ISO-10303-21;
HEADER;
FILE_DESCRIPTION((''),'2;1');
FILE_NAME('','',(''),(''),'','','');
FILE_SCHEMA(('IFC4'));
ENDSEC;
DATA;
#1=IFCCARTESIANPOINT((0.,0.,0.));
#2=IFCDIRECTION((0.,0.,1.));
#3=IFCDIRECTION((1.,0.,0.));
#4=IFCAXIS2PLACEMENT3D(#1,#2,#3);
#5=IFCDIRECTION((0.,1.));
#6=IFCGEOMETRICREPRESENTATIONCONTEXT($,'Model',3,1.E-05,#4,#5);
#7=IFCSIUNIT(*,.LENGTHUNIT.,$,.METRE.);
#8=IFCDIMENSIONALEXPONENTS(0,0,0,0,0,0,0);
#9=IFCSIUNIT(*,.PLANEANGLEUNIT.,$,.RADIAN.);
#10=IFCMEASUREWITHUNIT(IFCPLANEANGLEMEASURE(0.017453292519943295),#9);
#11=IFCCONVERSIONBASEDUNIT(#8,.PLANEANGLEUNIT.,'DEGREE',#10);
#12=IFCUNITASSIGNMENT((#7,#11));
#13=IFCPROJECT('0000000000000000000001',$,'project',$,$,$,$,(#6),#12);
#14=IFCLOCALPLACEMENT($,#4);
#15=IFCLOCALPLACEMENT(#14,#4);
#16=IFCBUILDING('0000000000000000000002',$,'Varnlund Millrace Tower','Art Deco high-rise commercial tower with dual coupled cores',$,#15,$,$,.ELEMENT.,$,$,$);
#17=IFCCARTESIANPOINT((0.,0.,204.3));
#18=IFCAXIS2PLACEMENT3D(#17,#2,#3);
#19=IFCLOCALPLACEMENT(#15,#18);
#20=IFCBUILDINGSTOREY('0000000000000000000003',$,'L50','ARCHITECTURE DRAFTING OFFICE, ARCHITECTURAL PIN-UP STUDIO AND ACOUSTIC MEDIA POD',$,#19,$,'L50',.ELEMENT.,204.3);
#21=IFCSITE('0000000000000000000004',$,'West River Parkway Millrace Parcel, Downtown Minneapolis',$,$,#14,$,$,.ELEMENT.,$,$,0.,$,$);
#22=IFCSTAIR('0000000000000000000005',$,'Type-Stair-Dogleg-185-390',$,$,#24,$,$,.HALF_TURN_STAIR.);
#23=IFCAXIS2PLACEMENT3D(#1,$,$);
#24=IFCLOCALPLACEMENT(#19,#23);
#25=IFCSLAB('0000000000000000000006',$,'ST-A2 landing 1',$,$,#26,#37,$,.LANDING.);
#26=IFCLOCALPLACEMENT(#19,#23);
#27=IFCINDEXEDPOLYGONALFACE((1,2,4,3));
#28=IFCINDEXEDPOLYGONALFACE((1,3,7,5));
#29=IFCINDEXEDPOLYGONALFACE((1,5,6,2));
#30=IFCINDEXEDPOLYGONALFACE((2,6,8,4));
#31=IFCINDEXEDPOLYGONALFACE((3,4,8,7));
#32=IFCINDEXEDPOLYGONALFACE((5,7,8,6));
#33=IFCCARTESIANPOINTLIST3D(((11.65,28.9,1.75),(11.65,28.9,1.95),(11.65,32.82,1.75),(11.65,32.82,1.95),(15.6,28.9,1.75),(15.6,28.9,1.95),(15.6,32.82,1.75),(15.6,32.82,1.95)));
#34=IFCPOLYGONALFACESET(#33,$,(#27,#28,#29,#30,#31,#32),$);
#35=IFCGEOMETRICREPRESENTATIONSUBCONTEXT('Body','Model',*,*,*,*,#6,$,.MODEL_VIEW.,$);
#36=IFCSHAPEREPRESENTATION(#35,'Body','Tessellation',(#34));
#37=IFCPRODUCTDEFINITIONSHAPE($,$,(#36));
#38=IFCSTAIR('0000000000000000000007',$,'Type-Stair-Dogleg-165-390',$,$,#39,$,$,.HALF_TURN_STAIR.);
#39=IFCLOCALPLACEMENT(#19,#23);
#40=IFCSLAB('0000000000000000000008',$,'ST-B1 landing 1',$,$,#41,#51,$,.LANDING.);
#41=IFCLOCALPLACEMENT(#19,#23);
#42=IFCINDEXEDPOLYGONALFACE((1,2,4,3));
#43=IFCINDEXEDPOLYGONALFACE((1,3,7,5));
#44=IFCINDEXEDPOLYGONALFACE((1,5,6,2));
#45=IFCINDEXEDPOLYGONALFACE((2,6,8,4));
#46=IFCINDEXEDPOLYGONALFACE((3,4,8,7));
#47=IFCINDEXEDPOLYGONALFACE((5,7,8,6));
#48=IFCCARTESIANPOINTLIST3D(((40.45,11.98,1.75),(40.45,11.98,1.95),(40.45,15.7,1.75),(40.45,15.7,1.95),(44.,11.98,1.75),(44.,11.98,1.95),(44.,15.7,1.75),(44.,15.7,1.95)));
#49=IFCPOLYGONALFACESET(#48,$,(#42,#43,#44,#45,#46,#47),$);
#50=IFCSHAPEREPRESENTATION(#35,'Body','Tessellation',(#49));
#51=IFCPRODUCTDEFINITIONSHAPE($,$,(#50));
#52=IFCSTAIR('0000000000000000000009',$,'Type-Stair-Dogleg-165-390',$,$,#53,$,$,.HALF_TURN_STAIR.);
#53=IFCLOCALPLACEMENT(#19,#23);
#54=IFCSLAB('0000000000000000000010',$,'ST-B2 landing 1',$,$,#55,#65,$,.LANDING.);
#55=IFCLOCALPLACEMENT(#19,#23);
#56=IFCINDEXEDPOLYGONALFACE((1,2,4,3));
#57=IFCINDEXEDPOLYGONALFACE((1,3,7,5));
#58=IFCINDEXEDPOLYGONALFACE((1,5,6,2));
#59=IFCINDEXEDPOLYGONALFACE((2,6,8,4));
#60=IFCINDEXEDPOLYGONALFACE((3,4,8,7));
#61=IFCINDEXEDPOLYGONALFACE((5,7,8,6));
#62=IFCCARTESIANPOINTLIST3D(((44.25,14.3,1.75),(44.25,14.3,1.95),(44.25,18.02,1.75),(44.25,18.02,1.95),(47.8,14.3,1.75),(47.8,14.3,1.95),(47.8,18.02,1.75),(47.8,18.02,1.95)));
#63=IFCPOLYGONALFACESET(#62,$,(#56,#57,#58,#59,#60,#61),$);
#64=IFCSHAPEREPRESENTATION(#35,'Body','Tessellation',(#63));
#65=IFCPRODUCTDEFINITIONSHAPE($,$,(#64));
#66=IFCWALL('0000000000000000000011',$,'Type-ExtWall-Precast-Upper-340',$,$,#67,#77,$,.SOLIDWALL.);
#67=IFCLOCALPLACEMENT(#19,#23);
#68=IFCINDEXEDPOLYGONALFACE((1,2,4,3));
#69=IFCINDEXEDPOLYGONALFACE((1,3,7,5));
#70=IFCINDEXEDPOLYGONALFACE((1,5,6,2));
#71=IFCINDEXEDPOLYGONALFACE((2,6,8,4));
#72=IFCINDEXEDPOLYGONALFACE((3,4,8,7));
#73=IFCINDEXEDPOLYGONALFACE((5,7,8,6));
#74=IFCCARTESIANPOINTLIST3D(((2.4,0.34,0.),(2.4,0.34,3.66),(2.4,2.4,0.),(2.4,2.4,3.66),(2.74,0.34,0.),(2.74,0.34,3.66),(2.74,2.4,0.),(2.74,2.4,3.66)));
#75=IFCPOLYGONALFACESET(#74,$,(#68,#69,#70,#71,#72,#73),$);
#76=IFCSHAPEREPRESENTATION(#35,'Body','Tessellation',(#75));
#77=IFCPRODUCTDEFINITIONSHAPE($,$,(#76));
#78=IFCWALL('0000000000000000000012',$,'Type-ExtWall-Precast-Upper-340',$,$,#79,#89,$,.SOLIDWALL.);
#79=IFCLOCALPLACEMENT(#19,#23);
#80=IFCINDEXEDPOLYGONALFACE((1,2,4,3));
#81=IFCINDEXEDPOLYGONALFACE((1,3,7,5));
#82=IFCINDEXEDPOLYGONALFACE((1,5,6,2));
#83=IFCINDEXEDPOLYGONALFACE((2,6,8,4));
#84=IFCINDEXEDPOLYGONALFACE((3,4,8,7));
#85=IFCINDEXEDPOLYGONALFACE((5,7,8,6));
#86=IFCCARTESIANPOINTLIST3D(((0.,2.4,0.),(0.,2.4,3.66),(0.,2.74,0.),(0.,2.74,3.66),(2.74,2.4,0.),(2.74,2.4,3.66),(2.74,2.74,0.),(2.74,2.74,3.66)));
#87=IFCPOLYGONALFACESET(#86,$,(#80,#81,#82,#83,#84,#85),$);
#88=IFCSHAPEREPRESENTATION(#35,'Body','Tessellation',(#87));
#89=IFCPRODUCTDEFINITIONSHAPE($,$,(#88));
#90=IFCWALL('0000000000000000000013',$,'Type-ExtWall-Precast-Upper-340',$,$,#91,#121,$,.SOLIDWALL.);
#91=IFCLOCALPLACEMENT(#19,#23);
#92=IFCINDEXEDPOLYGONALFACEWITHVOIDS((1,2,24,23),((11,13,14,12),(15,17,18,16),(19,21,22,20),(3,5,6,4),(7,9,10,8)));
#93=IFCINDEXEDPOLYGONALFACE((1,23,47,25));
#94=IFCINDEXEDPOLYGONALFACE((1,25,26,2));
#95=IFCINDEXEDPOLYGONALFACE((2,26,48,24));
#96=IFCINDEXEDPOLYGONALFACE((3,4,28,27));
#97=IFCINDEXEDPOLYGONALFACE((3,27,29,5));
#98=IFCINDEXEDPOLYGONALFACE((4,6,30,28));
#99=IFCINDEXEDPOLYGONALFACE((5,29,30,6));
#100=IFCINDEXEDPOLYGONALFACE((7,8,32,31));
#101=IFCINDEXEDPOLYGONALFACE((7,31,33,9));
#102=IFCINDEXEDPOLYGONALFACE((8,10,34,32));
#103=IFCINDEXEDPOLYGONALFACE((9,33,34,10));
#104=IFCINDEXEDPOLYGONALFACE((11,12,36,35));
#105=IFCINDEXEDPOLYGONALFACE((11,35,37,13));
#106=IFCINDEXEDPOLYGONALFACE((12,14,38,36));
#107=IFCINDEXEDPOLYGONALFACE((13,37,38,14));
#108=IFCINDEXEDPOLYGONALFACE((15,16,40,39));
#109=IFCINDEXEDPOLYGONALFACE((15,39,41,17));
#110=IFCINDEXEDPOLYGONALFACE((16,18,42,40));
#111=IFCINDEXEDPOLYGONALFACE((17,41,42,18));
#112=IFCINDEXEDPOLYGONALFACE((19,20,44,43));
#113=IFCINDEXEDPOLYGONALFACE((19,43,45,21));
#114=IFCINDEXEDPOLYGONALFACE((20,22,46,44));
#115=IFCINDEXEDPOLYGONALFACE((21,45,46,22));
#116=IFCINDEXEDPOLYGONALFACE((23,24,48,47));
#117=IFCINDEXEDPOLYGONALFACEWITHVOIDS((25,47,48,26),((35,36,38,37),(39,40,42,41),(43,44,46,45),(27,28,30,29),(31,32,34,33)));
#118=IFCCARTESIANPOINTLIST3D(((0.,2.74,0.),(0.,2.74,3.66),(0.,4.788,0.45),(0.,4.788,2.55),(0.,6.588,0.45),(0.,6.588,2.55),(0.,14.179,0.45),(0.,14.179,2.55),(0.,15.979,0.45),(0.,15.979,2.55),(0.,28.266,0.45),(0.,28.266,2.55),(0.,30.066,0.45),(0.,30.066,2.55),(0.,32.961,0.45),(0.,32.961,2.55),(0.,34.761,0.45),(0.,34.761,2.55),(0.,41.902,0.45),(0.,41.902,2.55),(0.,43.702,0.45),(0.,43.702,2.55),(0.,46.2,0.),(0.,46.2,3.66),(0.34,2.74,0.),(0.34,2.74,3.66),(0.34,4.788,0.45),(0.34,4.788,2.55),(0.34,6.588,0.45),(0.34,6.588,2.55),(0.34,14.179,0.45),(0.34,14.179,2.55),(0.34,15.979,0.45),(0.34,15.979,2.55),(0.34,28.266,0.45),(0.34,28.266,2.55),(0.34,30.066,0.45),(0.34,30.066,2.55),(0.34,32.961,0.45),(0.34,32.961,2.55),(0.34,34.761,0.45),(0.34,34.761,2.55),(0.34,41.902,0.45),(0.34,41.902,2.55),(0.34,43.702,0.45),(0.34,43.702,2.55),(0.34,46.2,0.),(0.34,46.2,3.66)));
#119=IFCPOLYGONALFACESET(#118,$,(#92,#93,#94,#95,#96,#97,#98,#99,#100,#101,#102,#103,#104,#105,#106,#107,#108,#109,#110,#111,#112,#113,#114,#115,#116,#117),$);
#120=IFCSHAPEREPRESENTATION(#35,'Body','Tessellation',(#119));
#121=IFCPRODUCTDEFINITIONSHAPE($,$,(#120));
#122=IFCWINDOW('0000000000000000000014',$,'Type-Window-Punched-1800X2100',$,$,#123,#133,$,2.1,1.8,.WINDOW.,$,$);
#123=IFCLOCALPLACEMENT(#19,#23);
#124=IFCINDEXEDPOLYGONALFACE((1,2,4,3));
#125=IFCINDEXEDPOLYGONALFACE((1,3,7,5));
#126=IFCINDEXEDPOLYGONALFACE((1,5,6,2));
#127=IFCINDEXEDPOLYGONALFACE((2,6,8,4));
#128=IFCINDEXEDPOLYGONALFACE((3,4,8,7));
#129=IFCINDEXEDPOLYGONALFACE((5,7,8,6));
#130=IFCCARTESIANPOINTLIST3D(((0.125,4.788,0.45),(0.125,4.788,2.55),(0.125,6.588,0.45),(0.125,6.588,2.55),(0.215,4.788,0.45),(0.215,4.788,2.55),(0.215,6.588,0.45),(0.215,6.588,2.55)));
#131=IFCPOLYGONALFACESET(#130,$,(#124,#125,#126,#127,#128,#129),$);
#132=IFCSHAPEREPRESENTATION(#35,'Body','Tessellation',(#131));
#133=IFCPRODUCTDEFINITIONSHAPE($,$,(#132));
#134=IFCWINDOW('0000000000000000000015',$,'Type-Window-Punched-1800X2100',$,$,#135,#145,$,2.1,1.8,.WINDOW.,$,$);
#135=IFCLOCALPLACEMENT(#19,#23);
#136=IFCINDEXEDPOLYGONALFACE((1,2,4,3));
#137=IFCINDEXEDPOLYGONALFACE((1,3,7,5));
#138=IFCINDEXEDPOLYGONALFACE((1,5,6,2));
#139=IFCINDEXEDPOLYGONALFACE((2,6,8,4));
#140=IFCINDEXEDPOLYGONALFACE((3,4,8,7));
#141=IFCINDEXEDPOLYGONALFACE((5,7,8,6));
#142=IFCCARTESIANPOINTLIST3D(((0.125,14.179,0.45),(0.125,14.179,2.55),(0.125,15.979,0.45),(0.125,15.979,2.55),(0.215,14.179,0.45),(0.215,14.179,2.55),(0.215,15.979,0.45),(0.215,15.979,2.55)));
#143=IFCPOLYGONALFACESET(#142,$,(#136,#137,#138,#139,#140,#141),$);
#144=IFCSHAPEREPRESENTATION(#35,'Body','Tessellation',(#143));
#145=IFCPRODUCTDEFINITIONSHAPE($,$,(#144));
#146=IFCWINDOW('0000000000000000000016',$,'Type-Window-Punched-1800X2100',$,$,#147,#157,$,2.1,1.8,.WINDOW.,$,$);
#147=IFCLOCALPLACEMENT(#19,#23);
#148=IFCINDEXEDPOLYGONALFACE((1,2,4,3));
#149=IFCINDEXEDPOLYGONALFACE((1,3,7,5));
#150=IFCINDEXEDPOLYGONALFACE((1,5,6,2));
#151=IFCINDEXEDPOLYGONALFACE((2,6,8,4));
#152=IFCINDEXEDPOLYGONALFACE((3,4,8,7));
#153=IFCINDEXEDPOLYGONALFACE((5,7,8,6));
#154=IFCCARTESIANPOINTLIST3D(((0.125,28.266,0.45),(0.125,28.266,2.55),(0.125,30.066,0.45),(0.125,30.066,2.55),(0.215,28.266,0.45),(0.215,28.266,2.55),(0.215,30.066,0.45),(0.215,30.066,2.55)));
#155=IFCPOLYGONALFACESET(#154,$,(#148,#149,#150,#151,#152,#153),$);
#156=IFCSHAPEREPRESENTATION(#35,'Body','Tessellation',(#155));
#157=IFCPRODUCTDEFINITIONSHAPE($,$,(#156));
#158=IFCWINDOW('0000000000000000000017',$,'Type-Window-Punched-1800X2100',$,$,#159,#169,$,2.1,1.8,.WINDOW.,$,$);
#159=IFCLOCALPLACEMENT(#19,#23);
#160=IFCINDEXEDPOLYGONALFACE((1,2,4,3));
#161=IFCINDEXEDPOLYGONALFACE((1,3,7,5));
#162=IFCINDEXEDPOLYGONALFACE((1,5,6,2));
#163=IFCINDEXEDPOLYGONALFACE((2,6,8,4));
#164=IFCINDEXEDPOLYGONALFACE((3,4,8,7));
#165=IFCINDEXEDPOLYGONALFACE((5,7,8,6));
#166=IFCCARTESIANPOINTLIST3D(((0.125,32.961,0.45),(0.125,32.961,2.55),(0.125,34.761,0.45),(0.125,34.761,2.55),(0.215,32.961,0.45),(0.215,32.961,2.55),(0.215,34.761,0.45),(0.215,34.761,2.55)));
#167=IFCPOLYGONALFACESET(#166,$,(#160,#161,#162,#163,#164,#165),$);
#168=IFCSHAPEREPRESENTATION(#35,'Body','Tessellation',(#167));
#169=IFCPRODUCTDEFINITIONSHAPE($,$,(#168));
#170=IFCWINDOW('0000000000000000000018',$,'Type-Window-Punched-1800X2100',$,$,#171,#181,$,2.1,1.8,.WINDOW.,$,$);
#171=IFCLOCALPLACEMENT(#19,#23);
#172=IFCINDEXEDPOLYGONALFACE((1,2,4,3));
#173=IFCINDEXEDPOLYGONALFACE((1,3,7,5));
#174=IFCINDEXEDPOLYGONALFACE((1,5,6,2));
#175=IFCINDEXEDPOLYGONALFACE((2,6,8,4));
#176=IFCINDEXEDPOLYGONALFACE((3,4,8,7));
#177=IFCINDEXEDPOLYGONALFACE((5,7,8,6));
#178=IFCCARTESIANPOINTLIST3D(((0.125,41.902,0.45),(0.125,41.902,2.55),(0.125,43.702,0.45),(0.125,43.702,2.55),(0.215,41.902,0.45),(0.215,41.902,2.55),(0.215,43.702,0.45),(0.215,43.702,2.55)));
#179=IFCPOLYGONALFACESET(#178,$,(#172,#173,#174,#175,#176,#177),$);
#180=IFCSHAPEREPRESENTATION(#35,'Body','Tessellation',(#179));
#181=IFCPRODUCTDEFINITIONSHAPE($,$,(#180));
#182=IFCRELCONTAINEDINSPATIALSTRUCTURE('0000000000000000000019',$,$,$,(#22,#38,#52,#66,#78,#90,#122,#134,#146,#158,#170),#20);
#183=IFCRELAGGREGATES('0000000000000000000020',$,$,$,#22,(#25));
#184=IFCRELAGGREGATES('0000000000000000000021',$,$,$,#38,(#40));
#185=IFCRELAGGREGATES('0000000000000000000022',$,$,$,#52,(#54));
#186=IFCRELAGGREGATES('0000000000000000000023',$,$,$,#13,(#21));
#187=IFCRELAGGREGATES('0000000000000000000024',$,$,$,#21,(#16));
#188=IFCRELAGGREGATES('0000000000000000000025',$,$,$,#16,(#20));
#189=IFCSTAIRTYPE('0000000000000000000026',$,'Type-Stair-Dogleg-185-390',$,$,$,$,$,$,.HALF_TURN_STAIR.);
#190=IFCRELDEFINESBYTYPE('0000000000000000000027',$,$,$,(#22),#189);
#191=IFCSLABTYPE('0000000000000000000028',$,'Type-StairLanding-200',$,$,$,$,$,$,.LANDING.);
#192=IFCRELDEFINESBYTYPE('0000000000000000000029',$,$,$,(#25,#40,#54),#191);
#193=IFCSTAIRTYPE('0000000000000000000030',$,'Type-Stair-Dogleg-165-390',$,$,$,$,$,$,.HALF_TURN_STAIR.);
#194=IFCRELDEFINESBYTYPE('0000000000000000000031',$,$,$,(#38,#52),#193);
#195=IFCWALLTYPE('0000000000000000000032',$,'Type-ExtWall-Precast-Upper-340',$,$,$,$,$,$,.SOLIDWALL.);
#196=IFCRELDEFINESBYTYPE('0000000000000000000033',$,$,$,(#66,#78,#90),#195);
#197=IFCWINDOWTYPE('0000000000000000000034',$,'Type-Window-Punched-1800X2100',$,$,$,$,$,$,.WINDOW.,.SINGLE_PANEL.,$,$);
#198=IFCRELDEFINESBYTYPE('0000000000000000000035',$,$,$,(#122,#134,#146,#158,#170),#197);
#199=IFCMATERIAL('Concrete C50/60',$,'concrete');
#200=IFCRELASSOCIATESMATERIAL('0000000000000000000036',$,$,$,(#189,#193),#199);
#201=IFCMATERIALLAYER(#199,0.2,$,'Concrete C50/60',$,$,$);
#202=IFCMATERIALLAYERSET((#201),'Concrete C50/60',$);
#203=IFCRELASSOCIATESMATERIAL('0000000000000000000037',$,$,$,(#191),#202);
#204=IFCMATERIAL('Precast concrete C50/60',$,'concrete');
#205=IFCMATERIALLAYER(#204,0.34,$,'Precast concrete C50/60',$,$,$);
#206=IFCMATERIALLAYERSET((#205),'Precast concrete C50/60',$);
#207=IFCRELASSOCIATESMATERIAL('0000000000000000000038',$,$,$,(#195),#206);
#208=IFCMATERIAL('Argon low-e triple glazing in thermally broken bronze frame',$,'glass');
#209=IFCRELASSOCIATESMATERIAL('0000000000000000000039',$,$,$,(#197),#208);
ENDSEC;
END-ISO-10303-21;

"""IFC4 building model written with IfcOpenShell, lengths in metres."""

from ifc_helpers import new_model, entity, si_unit, converted_unit, direction, frame, origin_with_axes, origin_2d_with_axis, place, context, subcontext, project, spatial, polyline, rectangle, outline, extrude, material, layer, layer_set, type_object, element, fill, aggregate, save


model = new_model("IFC4")

# Units and contexts
model_context = context("Model", 3, precision=1e-05, world=origin_with_axes(), true_north=direction((0.0, 1.0)))
body_context = subcontext(model_context, "Body", "Model", "MODEL_VIEW")
ifc_project = project(units=[si_unit("LENGTHUNIT", "METRE"), converted_unit("PLANEANGLEUNIT", "DEGREE", entity("IfcPlaneAngleMeasure", 0.017453292519943295), si_unit("PLANEANGLEUNIT", "RADIAN"), dimensions=[0, 0, 0, 0, 0, 0, 0])], contexts=[model_context])

# Site, building, storey
site_placement = place(None, origin_with_axes())
site = spatial("IfcSite", under=ifc_project, at=site_placement, Name="West River Parkway Millrace Parcel, Downtown Minneapolis", CompositionType="ELEMENT", RefElevation=0.0)
building_placement = place(site_placement, origin_with_axes())
building = spatial("IfcBuilding", under=site, at=building_placement, Name="Varnlund Millrace Tower", Description="Art Deco high-rise commercial tower with dual coupled cores", CompositionType="ELEMENT")
storey_placement = place(building_placement, frame((0.0, 0.0, 204.3), z_axis=(0.0, 0.0, 1.0), x_axis=(1.0, 0.0, 0.0)))
storey = spatial("IfcBuildingStorey", under=building, at=storey_placement, Name="L50", Description="ARCHITECTURE DRAFTING OFFICE, ARCHITECTURAL PIN-UP STUDIO AND ACOUSTIC MEDIA POD", LongName="L50", CompositionType="ELEMENT", Elevation=204.3)

# Stairs, slabs
ifc_material_1 = material(Name="Concrete C50/60", Category="concrete")
stair_type_1 = type_object("IfcStairType", Name="Type-Stair-Dogleg-185-390", PredefinedType="HALF_TURN_STAIR", material=ifc_material_1)
ifc_layer_1 = layer(ifc_material_1, 0.2, Name="Concrete C50/60")
ifc_layer_set_1 = layer_set([ifc_layer_1], Name="Concrete C50/60")
slab_type = type_object("IfcSlabType", Name="Type-StairLanding-200", PredefinedType="LANDING", material=ifc_layer_set_1)
stair_1_placement = place(storey_placement, origin_with_axes())
stair_1 = element("IfcStair", 1, at=stair_1_placement, inside=storey, type_object=stair_type_1, Name="Type-Stair-Dogleg-185-390", PredefinedType="HALF_TURN_STAIR")
slab_1_placement = place(storey_placement, frame((0.0, 0.0, 1.75), z_axis=(0.0, 0.0, 1.0), x_axis=(1.0, 0.0, 0.0)))
slab_1 = element("IfcSlab", 2, at=slab_1_placement, type_object=slab_type, Name="ST-A2 landing 1", PredefinedType="LANDING", context=body_context, shape_type="SweptSolid", body=[
    extrude(outline(polyline([(11.65, 32.82), (11.65, 28.9), (15.6, 28.9), (15.6, 32.82), (11.65, 32.82)])), origin_with_axes(), (0.0, 0.0, 1.0), 0.2),
])
aggregate(stair_1, [slab_1])
stair_type_2 = type_object("IfcStairType", Name="Type-Stair-Dogleg-165-390", PredefinedType="HALF_TURN_STAIR", material=ifc_material_1)
stair_2_placement = place(storey_placement, origin_with_axes())
stair_2 = element("IfcStair", 3, at=stair_2_placement, inside=storey, type_object=stair_type_2, Name="Type-Stair-Dogleg-165-390", PredefinedType="HALF_TURN_STAIR")
slab_2_placement = place(storey_placement, frame((0.0, 0.0, 1.75), z_axis=(0.0, 0.0, 1.0), x_axis=(1.0, 0.0, 0.0)))
slab_2 = element("IfcSlab", 4, at=slab_2_placement, type_object=slab_type, Name="ST-B1 landing 1", PredefinedType="LANDING", context=body_context, shape_type="SweptSolid", body=[
    extrude(outline(polyline([(44.0, 11.98), (44.0, 15.7), (40.45, 15.7), (40.45, 11.98), (44.0, 11.98)])), origin_with_axes(), (0.0, 0.0, 1.0), 0.2),
])
aggregate(stair_2, [slab_2])
stair_3_placement = place(storey_placement, origin_with_axes())
stair_3 = element("IfcStair", 5, at=stair_3_placement, inside=storey, type_object=stair_type_2, Name="Type-Stair-Dogleg-165-390", PredefinedType="HALF_TURN_STAIR")
slab_3_placement = place(storey_placement, frame((0.0, 0.0, 1.75), z_axis=(0.0, 0.0, 1.0), x_axis=(1.0, 0.0, 0.0)))
slab_3 = element("IfcSlab", 6, at=slab_3_placement, type_object=slab_type, Name="ST-B2 landing 1", PredefinedType="LANDING", context=body_context, shape_type="SweptSolid", body=[
    extrude(outline(polyline([(44.25, 18.02), (44.25, 14.3), (47.8, 14.3), (47.8, 18.02), (44.25, 18.02)])), origin_with_axes(), (0.0, 0.0, 1.0), 0.2),
])
aggregate(stair_3, [slab_3])

# Walls
ifc_material_2 = material(Name="Precast concrete C50/60", Category="concrete")
ifc_layer_2 = layer(ifc_material_2, 0.34, Name="Precast concrete C50/60")
ifc_layer_set_2 = layer_set([ifc_layer_2], Name="Precast concrete C50/60")
wall_type = type_object("IfcWallType", Name="Type-ExtWall-Precast-Upper-340", PredefinedType="SOLIDWALL", material=ifc_layer_set_2)
wall_1_placement = place(storey_placement, frame((2.57, 0.34, 0.0), z_axis=(0.0, 0.0, 1.0), x_axis=(0.0, 1.0, 0.0)))
element("IfcWall", 7, at=wall_1_placement, inside=storey, type_object=wall_type, Name="Type-ExtWall-Precast-Upper-340", PredefinedType="SOLIDWALL", context=body_context, shape_type="SweptSolid", body=[
    extrude(outline(polyline([(0.0, -0.17), (2.06, -0.17), (2.06, 0.17), (0.0, 0.17), (0.0, -0.17)])), origin_with_axes(), (0.0, 0.0, 1.0), 3.66),
])
wall_2_placement = place(storey_placement, frame((2.74, 2.57, 0.0), z_axis=(0.0, 0.0, 1.0), x_axis=(-1.0, 0.0, 0.0)))
element("IfcWall", 8, at=wall_2_placement, inside=storey, type_object=wall_type, Name="Type-ExtWall-Precast-Upper-340", PredefinedType="SOLIDWALL", context=body_context, shape_type="SweptSolid", body=[
    extrude(outline(polyline([(0.0, -0.17), (2.74, -0.17), (2.74, 0.17), (0.0, 0.17), (0.0, -0.17)])), origin_with_axes(), (0.0, 0.0, 1.0), 3.66),
])

# Wall, openings, windows
wall_3_placement = place(storey_placement, frame((0.17, 2.74, 0.0), z_axis=(0.0, 0.0, 1.0), x_axis=(0.0, 1.0, 0.0)))
wall_3 = element("IfcWall", 9, at=wall_3_placement, inside=storey, type_object=wall_type, Name="Type-ExtWall-Precast-Upper-340", PredefinedType="SOLIDWALL", context=body_context, shape_type="SweptSolid", body=[
    extrude(outline(polyline([(0.0, -0.17), (43.46, -0.17), (43.46, 0.17), (0.0, 0.17), (0.0, -0.17)])), origin_with_axes(), (0.0, 0.0, 1.0), 3.66),
])
opening_1_placement = place(wall_3_placement, frame((2.948, 0.0, 0.45), z_axis=(0.0, 0.0, 1.0), x_axis=(1.0, 0.0, 0.0)))
opening_1 = element("IfcOpeningElement", 10, at=opening_1_placement, cuts=wall_3, PredefinedType="OPENING", context=body_context, shape_type="SweptSolid", body=[
    extrude(rectangle(XDim=1.8, YDim=0.36, at=origin_2d_with_axis()), origin_with_axes(), (0.0, 0.0, 1.0), 2.1),
])
opening_2_placement = place(wall_3_placement, frame((12.339, 0.0, 0.45), z_axis=(0.0, 0.0, 1.0), x_axis=(1.0, 0.0, 0.0)))
opening_2 = element("IfcOpeningElement", 11, at=opening_2_placement, cuts=wall_3, PredefinedType="OPENING", context=body_context, shape_type="SweptSolid", body=[
    extrude(rectangle(XDim=1.8, YDim=0.36, at=origin_2d_with_axis()), origin_with_axes(), (0.0, 0.0, 1.0), 2.1),
])
opening_3_placement = place(wall_3_placement, frame((26.426, 0.0, 0.45), z_axis=(0.0, 0.0, 1.0), x_axis=(1.0, 0.0, 0.0)))
opening_3 = element("IfcOpeningElement", 12, at=opening_3_placement, cuts=wall_3, PredefinedType="OPENING", context=body_context, shape_type="SweptSolid", body=[
    extrude(rectangle(XDim=1.8, YDim=0.36, at=origin_2d_with_axis()), origin_with_axes(), (0.0, 0.0, 1.0), 2.1),
])
opening_4_placement = place(wall_3_placement, frame((31.121, 0.0, 0.45), z_axis=(0.0, 0.0, 1.0), x_axis=(1.0, 0.0, 0.0)))
opening_4 = element("IfcOpeningElement", 13, at=opening_4_placement, cuts=wall_3, PredefinedType="OPENING", context=body_context, shape_type="SweptSolid", body=[
    extrude(rectangle(XDim=1.8, YDim=0.36, at=origin_2d_with_axis()), origin_with_axes(), (0.0, 0.0, 1.0), 2.1),
])
opening_5_placement = place(wall_3_placement, frame((40.062, 0.0, 0.45), z_axis=(0.0, 0.0, 1.0), x_axis=(1.0, 0.0, 0.0)))
opening_5 = element("IfcOpeningElement", 14, at=opening_5_placement, cuts=wall_3, PredefinedType="OPENING", context=body_context, shape_type="SweptSolid", body=[
    extrude(rectangle(XDim=1.8, YDim=0.36, at=origin_2d_with_axis()), origin_with_axes(), (0.0, 0.0, 1.0), 2.1),
])
ifc_material_3 = material(Name="Argon low-e triple glazing in thermally broken bronze frame", Category="glass")
window_type = type_object("IfcWindowType", Name="Type-Window-Punched-1800X2100", PartitioningType="SINGLE_PANEL", PredefinedType="WINDOW", material=ifc_material_3)
window_1_placement = place(wall_3_placement, frame((2.948, 0.0, 0.45), z_axis=(0.0, 0.0, 1.0), x_axis=(1.0, 0.0, 0.0)))
window_1 = element("IfcWindow", 15, at=window_1_placement, inside=storey, type_object=window_type, Name="Type-Window-Punched-1800X2100", OverallHeight=2.1, OverallWidth=1.8, PredefinedType="WINDOW", context=body_context, shape_type="SweptSolid", body=[
    extrude(rectangle(XDim=1.8, YDim=0.09, at=origin_2d_with_axis()), origin_with_axes(), (0.0, 0.0, 1.0), 2.1),
])
fill(opening_1, window_1)
window_2_placement = place(wall_3_placement, frame((12.339, 0.0, 0.45), z_axis=(0.0, 0.0, 1.0), x_axis=(1.0, 0.0, 0.0)))
window_2 = element("IfcWindow", 16, at=window_2_placement, inside=storey, type_object=window_type, Name="Type-Window-Punched-1800X2100", OverallHeight=2.1, OverallWidth=1.8, PredefinedType="WINDOW", context=body_context, shape_type="SweptSolid", body=[
    extrude(rectangle(XDim=1.8, YDim=0.09, at=origin_2d_with_axis()), origin_with_axes(), (0.0, 0.0, 1.0), 2.1),
])
fill(opening_2, window_2)
window_3_placement = place(wall_3_placement, frame((26.426, 0.0, 0.45), z_axis=(0.0, 0.0, 1.0), x_axis=(1.0, 0.0, 0.0)))
window_3 = element("IfcWindow", 17, at=window_3_placement, inside=storey, type_object=window_type, Name="Type-Window-Punched-1800X2100", OverallHeight=2.1, OverallWidth=1.8, PredefinedType="WINDOW", context=body_context, shape_type="SweptSolid", body=[
    extrude(rectangle(XDim=1.8, YDim=0.09, at=origin_2d_with_axis()), origin_with_axes(), (0.0, 0.0, 1.0), 2.1),
])
fill(opening_3, window_3)
window_4_placement = place(wall_3_placement, frame((31.121, 0.0, 0.45), z_axis=(0.0, 0.0, 1.0), x_axis=(1.0, 0.0, 0.0)))
window_4 = element("IfcWindow", 18, at=window_4_placement, inside=storey, type_object=window_type, Name="Type-Window-Punched-1800X2100", OverallHeight=2.1, OverallWidth=1.8, PredefinedType="WINDOW", context=body_context, shape_type="SweptSolid", body=[
    extrude(rectangle(XDim=1.8, YDim=0.09, at=origin_2d_with_axis()), origin_with_axes(), (0.0, 0.0, 1.0), 2.1),
])
fill(opening_4, window_4)
window_5_placement = place(wall_3_placement, frame((40.062, 0.0, 0.45), z_axis=(0.0, 0.0, 1.0), x_axis=(1.0, 0.0, 0.0)))
window_5 = element("IfcWindow", 19, at=window_5_placement, inside=storey, type_object=window_type, Name="Type-Window-Punched-1800X2100", OverallHeight=2.1, OverallWidth=1.8, PredefinedType="WINDOW", context=body_context, shape_type="SweptSolid", body=[
    extrude(rectangle(XDim=1.8, YDim=0.09, at=origin_2d_with_axis()), origin_with_axes(), (0.0, 0.0, 1.0), 2.1),
])
fill(opening_5, window_5)

save(model, "model.ifc")
